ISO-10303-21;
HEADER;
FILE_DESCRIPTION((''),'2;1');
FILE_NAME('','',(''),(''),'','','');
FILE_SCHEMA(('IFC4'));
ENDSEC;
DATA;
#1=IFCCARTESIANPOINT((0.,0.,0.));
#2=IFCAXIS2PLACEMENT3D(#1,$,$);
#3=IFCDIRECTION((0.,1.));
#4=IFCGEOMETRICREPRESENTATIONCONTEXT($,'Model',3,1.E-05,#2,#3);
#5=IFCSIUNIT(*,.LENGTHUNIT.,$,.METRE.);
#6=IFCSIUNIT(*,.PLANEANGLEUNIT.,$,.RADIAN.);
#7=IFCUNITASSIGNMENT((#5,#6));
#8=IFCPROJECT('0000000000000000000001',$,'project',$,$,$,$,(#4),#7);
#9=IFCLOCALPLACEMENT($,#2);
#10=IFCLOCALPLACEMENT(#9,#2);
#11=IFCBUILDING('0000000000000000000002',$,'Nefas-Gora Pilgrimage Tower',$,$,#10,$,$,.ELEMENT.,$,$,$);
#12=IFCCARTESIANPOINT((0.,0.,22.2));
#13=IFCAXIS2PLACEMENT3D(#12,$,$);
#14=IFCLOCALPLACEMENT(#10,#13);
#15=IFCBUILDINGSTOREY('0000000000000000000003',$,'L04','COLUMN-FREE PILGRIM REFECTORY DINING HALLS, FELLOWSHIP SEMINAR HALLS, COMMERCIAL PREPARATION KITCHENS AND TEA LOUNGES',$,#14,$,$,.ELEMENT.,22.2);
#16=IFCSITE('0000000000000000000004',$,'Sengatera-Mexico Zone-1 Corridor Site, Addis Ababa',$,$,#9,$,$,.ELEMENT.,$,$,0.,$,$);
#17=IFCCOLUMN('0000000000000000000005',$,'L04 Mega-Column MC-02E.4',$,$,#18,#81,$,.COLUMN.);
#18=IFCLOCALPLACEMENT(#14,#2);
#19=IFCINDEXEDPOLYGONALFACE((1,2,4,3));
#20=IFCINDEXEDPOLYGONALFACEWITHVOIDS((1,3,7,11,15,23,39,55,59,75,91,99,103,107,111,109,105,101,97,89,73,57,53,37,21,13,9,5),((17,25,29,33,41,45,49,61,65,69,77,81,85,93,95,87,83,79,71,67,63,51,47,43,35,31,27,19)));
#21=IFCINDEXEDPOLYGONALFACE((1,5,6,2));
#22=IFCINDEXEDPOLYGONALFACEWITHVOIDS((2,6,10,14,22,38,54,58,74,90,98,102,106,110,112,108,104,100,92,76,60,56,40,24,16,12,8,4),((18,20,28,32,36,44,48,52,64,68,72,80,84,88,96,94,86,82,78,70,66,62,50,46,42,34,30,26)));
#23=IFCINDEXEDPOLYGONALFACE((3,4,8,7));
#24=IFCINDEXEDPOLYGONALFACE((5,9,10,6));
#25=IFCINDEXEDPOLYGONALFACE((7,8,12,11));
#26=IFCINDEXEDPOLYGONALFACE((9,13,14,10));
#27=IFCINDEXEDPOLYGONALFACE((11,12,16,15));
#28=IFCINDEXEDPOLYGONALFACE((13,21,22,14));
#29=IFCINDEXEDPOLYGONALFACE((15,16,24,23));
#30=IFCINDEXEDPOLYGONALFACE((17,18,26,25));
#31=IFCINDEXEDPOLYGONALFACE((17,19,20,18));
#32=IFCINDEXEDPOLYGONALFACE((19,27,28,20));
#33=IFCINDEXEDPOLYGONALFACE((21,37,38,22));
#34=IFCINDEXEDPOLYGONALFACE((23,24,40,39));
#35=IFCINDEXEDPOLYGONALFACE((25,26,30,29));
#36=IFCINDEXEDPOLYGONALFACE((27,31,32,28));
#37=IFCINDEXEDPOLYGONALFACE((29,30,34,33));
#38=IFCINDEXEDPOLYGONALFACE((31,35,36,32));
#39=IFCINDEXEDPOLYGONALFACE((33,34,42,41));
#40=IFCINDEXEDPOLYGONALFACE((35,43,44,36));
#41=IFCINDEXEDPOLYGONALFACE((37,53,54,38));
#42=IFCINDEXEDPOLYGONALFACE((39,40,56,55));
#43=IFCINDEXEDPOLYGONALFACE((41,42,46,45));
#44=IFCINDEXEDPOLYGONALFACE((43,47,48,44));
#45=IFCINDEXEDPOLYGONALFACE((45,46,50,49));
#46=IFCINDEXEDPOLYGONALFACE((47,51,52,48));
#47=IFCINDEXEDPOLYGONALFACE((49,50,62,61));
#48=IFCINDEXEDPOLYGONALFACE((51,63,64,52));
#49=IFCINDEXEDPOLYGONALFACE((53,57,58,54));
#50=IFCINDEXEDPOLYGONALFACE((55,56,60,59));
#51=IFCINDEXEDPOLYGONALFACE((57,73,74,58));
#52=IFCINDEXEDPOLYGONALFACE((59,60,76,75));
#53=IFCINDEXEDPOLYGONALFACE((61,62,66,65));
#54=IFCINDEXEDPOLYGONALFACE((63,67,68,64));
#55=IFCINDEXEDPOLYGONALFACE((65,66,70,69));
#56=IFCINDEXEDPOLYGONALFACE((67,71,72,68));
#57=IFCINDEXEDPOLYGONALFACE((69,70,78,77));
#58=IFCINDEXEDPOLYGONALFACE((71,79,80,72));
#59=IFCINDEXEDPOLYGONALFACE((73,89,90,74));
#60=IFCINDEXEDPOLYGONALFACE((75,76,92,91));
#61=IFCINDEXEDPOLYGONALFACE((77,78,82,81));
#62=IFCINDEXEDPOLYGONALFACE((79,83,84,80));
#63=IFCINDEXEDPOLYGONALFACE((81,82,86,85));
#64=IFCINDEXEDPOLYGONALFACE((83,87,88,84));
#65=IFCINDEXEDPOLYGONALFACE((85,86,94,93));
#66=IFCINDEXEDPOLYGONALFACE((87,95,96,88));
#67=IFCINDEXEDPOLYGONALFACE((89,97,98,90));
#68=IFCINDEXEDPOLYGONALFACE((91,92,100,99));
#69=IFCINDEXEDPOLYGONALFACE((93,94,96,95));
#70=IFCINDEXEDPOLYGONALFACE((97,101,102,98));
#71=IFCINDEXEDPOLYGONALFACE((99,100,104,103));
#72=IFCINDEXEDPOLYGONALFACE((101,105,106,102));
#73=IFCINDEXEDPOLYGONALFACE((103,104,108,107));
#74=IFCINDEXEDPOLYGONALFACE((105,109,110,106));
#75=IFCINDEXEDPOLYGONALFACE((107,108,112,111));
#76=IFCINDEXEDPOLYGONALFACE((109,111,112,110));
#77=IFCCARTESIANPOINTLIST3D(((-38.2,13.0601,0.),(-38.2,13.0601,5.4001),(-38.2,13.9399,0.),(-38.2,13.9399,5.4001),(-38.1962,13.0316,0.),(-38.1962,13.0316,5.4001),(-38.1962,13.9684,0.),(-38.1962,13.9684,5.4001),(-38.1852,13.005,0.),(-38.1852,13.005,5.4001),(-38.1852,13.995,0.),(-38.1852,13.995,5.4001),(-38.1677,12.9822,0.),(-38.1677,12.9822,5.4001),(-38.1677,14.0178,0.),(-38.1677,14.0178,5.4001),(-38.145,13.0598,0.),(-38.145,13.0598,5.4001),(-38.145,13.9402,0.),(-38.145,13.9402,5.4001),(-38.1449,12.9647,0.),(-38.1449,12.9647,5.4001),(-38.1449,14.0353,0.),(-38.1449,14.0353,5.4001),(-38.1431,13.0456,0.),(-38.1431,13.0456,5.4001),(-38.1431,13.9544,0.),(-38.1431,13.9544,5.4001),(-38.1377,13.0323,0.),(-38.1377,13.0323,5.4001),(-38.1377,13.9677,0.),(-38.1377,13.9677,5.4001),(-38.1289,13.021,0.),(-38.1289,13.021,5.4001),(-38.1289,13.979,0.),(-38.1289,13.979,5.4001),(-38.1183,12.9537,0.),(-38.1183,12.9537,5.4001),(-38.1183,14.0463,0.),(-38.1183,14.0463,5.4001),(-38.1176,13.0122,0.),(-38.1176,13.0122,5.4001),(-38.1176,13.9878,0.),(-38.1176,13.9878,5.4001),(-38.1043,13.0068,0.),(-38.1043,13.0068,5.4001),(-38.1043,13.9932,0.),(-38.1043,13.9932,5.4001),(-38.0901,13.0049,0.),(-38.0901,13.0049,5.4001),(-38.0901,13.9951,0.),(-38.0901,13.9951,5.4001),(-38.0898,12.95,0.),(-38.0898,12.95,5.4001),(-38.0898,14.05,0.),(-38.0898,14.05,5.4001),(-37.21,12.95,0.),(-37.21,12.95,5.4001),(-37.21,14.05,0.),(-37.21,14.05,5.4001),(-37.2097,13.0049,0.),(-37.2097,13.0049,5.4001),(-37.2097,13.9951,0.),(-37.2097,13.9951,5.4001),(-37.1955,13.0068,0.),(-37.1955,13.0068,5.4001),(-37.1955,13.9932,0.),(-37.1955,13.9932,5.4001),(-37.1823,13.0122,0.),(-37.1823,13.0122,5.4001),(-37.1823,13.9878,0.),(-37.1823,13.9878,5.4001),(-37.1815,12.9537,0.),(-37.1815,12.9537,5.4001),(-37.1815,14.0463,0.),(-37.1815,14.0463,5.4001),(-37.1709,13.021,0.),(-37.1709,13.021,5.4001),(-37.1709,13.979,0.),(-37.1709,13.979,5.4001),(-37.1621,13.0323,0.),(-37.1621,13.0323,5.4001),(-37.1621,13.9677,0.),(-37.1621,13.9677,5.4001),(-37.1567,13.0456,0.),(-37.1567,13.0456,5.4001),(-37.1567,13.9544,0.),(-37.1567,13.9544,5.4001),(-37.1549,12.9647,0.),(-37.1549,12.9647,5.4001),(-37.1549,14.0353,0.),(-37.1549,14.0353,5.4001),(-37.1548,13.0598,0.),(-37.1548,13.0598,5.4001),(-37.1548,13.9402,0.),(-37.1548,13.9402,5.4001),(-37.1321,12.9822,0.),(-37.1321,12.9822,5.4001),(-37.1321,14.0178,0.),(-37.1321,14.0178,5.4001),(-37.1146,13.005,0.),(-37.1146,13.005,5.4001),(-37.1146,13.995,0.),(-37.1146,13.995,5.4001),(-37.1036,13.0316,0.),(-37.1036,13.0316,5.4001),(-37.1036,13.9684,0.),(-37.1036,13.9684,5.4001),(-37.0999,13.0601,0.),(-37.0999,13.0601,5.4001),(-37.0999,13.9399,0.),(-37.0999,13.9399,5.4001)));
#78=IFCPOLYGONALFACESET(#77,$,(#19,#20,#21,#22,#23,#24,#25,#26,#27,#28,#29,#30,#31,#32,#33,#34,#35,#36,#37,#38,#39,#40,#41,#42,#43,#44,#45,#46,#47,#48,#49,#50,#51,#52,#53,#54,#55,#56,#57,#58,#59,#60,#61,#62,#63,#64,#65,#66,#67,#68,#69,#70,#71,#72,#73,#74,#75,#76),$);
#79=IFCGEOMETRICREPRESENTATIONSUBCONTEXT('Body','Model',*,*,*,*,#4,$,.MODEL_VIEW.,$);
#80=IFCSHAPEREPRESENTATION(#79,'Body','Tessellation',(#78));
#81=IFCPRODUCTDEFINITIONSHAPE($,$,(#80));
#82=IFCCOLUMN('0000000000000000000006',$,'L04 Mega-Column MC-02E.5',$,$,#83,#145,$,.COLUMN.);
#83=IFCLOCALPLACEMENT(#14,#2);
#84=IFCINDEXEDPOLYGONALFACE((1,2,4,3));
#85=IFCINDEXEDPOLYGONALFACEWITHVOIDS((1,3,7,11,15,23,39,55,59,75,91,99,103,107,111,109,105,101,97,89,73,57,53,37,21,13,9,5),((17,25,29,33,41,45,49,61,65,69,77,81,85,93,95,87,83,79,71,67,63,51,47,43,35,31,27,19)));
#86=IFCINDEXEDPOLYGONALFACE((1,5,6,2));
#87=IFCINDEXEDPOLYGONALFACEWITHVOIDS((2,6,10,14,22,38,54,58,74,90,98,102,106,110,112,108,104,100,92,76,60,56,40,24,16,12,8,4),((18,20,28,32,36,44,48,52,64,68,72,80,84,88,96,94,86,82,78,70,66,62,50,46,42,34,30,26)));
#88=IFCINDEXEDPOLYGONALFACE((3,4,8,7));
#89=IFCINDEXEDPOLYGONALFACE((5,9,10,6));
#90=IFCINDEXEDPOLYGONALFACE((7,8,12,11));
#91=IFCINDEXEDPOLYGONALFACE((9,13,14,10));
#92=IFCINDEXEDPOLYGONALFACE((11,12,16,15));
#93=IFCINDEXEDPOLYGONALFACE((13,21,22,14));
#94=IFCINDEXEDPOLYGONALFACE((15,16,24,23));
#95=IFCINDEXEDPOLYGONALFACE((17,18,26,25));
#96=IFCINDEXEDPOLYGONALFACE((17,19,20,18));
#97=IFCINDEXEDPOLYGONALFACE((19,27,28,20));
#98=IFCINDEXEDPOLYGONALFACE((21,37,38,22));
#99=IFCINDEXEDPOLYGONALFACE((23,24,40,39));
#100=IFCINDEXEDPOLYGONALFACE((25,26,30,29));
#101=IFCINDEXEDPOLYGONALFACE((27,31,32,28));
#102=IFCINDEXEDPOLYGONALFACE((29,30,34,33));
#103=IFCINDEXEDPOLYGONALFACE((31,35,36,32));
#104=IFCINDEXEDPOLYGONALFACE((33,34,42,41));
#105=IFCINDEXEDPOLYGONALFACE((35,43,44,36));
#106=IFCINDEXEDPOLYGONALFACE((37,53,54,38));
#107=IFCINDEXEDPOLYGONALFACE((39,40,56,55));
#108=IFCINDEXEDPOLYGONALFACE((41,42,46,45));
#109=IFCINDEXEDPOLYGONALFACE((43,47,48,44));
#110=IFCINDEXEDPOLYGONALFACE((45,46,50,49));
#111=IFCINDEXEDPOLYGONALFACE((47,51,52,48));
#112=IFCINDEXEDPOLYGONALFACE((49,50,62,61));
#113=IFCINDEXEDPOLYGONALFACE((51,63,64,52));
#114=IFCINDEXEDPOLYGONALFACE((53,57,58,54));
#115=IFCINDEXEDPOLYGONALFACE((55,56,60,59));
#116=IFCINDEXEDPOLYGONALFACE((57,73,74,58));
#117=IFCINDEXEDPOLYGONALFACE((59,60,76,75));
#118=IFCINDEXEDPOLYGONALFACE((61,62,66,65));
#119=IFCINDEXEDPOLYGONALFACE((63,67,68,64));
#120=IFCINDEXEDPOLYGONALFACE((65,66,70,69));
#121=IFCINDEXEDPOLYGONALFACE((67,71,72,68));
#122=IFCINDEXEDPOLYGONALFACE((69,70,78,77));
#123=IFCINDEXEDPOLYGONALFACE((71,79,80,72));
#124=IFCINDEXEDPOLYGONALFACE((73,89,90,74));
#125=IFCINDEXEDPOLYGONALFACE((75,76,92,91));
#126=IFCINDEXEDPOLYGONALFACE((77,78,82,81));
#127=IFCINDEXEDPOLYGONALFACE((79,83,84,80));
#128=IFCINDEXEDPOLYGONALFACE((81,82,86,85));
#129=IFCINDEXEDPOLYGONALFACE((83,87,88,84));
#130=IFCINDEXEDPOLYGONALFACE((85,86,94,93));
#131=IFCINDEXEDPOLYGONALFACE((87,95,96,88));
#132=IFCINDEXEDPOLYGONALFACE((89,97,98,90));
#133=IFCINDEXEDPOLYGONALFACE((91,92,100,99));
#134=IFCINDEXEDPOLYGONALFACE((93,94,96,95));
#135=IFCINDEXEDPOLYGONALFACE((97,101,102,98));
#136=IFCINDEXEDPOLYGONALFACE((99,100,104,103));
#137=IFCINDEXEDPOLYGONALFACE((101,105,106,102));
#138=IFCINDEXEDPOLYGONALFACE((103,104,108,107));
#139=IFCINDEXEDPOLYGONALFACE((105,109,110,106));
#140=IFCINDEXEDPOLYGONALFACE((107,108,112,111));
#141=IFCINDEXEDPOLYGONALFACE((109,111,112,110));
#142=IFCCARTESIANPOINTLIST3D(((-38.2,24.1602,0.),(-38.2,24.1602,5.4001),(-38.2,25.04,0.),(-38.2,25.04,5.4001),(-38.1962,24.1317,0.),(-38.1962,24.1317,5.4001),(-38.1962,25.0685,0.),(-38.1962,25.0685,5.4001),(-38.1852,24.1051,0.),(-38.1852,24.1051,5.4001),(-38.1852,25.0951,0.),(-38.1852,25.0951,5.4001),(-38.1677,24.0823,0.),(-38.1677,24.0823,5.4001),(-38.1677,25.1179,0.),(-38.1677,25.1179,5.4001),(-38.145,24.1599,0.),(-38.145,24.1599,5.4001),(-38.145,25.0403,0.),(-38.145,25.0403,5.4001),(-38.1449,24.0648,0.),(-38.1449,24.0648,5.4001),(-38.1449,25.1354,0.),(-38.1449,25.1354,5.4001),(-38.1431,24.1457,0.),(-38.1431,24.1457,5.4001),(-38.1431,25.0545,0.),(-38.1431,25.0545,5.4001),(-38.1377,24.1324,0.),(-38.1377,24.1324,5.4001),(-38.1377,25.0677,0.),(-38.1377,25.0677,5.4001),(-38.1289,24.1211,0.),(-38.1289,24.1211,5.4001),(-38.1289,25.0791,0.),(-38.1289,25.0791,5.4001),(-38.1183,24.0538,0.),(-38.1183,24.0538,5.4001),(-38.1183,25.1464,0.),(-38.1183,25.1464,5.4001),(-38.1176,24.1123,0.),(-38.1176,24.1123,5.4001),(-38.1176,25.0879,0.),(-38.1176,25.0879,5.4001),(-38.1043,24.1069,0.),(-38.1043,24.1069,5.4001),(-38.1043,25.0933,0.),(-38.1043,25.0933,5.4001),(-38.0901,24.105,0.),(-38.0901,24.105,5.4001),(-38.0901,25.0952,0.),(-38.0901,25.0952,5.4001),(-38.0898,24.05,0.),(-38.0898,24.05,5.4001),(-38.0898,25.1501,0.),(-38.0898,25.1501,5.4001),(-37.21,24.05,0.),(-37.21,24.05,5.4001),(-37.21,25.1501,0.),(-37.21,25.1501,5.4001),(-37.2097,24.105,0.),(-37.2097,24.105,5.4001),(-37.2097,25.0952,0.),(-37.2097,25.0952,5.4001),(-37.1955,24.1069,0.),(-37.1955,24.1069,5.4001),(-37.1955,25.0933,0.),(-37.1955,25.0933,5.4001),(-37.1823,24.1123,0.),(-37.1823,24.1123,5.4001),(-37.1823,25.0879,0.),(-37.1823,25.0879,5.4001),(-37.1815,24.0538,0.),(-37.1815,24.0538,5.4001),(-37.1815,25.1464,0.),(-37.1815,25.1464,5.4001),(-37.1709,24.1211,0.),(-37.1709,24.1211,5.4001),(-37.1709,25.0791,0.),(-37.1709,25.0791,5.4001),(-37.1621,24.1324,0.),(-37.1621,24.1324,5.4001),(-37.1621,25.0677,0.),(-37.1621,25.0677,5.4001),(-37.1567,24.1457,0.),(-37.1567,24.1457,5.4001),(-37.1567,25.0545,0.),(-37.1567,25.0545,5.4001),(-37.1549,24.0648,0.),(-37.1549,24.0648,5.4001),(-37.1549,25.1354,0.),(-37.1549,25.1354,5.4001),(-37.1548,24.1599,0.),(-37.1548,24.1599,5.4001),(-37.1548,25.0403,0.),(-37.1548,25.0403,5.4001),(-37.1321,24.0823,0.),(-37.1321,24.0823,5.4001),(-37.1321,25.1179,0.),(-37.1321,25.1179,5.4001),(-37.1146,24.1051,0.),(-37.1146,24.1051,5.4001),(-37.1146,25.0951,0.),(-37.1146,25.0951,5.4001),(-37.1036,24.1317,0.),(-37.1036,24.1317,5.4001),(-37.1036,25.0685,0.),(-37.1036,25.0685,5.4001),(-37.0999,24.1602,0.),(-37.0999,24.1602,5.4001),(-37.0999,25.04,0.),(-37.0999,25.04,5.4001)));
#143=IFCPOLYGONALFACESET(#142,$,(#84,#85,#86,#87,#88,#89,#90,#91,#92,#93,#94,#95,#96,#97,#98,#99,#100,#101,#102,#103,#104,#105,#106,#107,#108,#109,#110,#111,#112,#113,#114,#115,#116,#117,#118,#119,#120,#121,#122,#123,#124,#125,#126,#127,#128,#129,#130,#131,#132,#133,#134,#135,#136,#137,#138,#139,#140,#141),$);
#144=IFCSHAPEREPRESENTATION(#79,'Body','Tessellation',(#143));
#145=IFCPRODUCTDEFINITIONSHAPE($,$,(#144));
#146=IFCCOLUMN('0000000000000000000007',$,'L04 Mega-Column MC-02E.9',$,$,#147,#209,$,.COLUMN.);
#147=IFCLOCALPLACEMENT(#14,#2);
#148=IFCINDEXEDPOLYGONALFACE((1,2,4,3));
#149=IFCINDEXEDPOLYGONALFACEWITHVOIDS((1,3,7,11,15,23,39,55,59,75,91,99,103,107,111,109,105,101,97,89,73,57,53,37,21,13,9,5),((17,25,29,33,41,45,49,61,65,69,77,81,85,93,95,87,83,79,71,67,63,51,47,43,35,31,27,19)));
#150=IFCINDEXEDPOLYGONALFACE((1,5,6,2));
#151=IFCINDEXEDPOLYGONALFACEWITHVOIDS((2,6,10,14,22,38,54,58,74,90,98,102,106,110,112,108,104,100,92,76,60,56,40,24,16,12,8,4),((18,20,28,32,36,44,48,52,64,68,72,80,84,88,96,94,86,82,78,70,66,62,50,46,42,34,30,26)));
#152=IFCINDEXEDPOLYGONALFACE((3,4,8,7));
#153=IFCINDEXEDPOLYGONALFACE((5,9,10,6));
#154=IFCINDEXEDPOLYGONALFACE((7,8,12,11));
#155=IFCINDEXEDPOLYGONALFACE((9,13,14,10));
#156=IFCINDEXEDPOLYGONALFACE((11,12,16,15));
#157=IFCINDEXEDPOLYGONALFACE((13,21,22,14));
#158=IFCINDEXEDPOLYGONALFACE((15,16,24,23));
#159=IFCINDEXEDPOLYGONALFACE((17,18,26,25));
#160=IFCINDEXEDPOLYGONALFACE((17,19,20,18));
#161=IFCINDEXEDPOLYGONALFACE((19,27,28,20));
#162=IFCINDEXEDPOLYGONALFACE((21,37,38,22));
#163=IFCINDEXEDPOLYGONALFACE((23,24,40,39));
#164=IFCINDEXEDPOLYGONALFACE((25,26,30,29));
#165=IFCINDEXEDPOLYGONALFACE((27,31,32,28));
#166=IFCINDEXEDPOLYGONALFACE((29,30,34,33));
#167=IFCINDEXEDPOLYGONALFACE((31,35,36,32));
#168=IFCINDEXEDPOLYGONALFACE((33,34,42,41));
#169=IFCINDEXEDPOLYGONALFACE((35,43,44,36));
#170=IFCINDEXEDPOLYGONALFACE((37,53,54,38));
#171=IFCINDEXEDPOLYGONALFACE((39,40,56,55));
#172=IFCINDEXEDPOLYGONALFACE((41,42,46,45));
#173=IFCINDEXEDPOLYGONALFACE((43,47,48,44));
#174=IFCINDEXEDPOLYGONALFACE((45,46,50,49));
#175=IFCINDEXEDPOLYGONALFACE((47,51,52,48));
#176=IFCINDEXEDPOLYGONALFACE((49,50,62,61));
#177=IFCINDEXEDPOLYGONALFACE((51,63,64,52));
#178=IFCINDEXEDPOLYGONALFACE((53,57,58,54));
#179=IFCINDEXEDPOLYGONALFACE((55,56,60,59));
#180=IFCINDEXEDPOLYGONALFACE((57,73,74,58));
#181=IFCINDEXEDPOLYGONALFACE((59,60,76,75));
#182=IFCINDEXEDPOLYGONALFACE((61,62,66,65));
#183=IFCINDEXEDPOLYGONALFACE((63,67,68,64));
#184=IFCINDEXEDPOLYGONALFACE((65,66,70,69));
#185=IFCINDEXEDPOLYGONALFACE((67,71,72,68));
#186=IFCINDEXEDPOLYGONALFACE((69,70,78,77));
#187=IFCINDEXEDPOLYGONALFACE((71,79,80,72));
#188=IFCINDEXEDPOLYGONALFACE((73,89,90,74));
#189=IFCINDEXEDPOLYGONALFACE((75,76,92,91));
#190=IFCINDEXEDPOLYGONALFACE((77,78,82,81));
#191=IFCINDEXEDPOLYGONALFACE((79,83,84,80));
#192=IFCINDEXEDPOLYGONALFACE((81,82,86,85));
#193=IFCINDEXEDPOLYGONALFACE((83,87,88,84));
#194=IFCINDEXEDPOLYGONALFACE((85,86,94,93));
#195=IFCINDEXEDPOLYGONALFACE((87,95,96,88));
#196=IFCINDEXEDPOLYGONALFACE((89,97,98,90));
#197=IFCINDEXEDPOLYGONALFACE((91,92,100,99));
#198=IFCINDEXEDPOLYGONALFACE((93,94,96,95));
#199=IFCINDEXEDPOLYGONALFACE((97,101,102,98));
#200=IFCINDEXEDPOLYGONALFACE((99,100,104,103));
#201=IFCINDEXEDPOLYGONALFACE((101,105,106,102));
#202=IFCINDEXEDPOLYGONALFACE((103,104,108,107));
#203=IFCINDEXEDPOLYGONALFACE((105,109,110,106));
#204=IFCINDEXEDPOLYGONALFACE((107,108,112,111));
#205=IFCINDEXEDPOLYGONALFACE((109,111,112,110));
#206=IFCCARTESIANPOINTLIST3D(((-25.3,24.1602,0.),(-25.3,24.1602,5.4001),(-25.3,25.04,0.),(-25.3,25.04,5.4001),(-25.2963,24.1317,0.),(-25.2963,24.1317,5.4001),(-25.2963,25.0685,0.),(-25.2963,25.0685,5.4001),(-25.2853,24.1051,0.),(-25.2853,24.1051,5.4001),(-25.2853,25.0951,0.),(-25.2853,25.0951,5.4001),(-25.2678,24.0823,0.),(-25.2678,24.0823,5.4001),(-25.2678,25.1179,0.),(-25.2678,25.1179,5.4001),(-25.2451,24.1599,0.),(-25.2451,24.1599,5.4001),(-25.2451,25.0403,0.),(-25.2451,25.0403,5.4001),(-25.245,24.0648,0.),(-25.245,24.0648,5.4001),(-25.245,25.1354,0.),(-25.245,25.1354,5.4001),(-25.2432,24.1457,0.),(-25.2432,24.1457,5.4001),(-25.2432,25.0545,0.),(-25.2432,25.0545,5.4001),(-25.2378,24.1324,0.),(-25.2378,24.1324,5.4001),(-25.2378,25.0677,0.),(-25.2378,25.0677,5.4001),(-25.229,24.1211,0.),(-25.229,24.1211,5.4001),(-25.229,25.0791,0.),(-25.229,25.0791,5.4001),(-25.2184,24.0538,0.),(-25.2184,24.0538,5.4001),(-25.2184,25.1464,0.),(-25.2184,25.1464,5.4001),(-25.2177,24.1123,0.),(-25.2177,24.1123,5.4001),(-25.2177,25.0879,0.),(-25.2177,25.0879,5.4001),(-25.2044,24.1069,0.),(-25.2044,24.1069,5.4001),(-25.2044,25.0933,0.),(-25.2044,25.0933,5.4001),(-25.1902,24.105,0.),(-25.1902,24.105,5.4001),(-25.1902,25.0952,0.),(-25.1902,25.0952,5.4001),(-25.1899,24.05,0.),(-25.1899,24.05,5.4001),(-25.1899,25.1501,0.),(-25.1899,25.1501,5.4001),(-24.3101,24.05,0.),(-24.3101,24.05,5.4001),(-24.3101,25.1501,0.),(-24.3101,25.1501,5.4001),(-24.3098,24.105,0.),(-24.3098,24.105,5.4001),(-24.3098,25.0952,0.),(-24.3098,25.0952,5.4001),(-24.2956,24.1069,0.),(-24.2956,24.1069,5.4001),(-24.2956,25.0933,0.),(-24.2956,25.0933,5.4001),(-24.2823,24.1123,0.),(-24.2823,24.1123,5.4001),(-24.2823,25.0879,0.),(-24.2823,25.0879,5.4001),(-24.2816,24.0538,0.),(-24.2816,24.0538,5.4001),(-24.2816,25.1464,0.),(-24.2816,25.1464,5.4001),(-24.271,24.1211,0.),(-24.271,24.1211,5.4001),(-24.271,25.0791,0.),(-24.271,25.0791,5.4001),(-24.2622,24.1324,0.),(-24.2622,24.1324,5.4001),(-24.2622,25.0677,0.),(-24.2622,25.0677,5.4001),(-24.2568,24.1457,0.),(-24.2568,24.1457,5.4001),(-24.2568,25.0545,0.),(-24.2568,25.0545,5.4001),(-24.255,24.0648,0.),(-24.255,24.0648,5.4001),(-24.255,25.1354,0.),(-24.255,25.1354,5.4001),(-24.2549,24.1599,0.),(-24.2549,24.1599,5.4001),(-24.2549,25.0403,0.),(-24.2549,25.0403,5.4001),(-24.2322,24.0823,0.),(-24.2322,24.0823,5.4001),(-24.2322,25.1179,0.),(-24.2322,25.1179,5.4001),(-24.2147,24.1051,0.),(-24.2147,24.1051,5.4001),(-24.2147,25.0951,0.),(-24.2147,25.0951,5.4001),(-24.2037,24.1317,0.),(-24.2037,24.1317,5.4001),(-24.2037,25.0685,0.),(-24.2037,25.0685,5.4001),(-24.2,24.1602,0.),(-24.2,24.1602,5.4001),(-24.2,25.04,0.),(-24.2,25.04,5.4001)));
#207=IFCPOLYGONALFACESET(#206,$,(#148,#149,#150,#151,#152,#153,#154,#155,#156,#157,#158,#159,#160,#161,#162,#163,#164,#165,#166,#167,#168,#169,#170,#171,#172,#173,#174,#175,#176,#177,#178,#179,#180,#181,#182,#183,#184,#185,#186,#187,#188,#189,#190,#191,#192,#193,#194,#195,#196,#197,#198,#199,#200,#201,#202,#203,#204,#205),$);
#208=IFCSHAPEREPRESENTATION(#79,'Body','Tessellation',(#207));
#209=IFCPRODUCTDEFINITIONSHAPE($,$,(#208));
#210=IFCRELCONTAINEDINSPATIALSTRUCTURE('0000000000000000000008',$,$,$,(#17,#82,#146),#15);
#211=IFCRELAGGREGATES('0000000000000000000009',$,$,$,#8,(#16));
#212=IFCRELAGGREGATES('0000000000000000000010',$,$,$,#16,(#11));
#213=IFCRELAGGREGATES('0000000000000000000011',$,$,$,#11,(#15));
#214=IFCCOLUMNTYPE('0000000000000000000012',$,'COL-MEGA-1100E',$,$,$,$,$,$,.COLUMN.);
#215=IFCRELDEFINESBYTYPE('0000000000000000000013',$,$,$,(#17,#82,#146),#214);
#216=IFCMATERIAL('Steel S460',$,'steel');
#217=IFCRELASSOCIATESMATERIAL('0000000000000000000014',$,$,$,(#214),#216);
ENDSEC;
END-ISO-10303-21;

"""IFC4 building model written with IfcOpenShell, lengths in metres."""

from ifc_helpers import new_model, si_unit, direction, frame, origin, origin_2d, place, context, subcontext, project, spatial, hollow_rectangle, extrude, source, transform, mapped, material, material_profile, profile_set, type_object, element, save


model = new_model("IFC4")

# Units and contexts
model_context = context("Model", 3, precision=1e-05, world=origin(), true_north=direction((0.0, 1.0)))
body_context = subcontext(model_context, "Body", "Model", "MODEL_VIEW")
ifc_project = project(units=[si_unit("LENGTHUNIT", "METRE"), si_unit("PLANEANGLEUNIT", "RADIAN")], contexts=[model_context])

# Site, building, storey
site_placement = place(None, origin())
site = spatial("IfcSite", under=ifc_project, at=site_placement, Name="Sengatera-Mexico Zone-1 Corridor Site, Addis Ababa", CompositionType="ELEMENT", RefElevation=0.0)
building_placement = place(site_placement, origin())
building = spatial("IfcBuilding", under=site, at=building_placement, Name="Nefas-Gora Pilgrimage Tower", CompositionType="ELEMENT")
storey_placement = place(building_placement, frame((0.0, 0.0, 22.2)))
storey = spatial("IfcBuildingStorey", under=building, at=storey_placement, Name="L04", Description="COLUMN-FREE PILGRIM REFECTORY DINING HALLS, FELLOWSHIP SEMINAR HALLS, COMMERCIAL PREPARATION KITCHENS AND TEA LOUNGES", CompositionType="ELEMENT", Elevation=22.2)

# Columns
ifc_material_1 = material(Name="Steel S460", Category="steel")
ifc_material_profile_1 = material_profile(ifc_material_1, hollow_rectangle(XDim=1.1001, YDim=1.1001, WallThickness=0.0549, InnerFilletRadius=0.0549, OuterFilletRadius=0.1101, at=origin_2d()), Name="BOX 1100x1100x55")
ifc_profile_set_1 = profile_set([ifc_material_profile_1], Name="Steel S460")
column_type = type_object("IfcColumnType", Name="COL-MEGA-1100E", PredefinedType="COLUMN", material=ifc_profile_set_1)
shared_shape_1 = source(origin(), body_context, "Body", "SweptSolid", [
    extrude(hollow_rectangle(XDim=1.1001, YDim=1.1001, WallThickness=0.0549, InnerFilletRadius=0.0549, OuterFilletRadius=0.1101, at=origin_2d()), origin(), (0.0, 0.0, 1.0), 5.4001),
])
for number, where, z_axis, x_axis, name in (
    (1, (-37.6499, 13.5, 0.0), (0.0, 0.0, 1.0), (1.0, 0.0, 0.0), "L04 Mega-Column MC-02E.4"),
    (2, (-37.6499, 24.6001, 0.0), (0.0, 0.0, 1.0), (1.0, 0.0, 0.0), "L04 Mega-Column MC-02E.5"),
    (3, (-24.75, 24.6001, 0.0), (0.0, 0.0, 1.0), (1.0, 0.0, 0.0), "L04 Mega-Column MC-02E.9"),
):
    element("IfcColumn", number, at=place(storey_placement, frame(where, z_axis=z_axis, x_axis=x_axis)), inside=storey, type_object=column_type, Name=name, PredefinedType="COLUMN", context=body_context, shape_type="MappedRepresentation", body=[
        mapped(shared_shape_1, transform((0.0, 0.0, 0.0), x_axis=(1.0, 0.0, 0.0), y_axis=(0.0, 1.0, 0.0), z_axis=(0.0, 0.0, 1.0), scale=1.0)),
    ])

save(model, "model.ifc")
